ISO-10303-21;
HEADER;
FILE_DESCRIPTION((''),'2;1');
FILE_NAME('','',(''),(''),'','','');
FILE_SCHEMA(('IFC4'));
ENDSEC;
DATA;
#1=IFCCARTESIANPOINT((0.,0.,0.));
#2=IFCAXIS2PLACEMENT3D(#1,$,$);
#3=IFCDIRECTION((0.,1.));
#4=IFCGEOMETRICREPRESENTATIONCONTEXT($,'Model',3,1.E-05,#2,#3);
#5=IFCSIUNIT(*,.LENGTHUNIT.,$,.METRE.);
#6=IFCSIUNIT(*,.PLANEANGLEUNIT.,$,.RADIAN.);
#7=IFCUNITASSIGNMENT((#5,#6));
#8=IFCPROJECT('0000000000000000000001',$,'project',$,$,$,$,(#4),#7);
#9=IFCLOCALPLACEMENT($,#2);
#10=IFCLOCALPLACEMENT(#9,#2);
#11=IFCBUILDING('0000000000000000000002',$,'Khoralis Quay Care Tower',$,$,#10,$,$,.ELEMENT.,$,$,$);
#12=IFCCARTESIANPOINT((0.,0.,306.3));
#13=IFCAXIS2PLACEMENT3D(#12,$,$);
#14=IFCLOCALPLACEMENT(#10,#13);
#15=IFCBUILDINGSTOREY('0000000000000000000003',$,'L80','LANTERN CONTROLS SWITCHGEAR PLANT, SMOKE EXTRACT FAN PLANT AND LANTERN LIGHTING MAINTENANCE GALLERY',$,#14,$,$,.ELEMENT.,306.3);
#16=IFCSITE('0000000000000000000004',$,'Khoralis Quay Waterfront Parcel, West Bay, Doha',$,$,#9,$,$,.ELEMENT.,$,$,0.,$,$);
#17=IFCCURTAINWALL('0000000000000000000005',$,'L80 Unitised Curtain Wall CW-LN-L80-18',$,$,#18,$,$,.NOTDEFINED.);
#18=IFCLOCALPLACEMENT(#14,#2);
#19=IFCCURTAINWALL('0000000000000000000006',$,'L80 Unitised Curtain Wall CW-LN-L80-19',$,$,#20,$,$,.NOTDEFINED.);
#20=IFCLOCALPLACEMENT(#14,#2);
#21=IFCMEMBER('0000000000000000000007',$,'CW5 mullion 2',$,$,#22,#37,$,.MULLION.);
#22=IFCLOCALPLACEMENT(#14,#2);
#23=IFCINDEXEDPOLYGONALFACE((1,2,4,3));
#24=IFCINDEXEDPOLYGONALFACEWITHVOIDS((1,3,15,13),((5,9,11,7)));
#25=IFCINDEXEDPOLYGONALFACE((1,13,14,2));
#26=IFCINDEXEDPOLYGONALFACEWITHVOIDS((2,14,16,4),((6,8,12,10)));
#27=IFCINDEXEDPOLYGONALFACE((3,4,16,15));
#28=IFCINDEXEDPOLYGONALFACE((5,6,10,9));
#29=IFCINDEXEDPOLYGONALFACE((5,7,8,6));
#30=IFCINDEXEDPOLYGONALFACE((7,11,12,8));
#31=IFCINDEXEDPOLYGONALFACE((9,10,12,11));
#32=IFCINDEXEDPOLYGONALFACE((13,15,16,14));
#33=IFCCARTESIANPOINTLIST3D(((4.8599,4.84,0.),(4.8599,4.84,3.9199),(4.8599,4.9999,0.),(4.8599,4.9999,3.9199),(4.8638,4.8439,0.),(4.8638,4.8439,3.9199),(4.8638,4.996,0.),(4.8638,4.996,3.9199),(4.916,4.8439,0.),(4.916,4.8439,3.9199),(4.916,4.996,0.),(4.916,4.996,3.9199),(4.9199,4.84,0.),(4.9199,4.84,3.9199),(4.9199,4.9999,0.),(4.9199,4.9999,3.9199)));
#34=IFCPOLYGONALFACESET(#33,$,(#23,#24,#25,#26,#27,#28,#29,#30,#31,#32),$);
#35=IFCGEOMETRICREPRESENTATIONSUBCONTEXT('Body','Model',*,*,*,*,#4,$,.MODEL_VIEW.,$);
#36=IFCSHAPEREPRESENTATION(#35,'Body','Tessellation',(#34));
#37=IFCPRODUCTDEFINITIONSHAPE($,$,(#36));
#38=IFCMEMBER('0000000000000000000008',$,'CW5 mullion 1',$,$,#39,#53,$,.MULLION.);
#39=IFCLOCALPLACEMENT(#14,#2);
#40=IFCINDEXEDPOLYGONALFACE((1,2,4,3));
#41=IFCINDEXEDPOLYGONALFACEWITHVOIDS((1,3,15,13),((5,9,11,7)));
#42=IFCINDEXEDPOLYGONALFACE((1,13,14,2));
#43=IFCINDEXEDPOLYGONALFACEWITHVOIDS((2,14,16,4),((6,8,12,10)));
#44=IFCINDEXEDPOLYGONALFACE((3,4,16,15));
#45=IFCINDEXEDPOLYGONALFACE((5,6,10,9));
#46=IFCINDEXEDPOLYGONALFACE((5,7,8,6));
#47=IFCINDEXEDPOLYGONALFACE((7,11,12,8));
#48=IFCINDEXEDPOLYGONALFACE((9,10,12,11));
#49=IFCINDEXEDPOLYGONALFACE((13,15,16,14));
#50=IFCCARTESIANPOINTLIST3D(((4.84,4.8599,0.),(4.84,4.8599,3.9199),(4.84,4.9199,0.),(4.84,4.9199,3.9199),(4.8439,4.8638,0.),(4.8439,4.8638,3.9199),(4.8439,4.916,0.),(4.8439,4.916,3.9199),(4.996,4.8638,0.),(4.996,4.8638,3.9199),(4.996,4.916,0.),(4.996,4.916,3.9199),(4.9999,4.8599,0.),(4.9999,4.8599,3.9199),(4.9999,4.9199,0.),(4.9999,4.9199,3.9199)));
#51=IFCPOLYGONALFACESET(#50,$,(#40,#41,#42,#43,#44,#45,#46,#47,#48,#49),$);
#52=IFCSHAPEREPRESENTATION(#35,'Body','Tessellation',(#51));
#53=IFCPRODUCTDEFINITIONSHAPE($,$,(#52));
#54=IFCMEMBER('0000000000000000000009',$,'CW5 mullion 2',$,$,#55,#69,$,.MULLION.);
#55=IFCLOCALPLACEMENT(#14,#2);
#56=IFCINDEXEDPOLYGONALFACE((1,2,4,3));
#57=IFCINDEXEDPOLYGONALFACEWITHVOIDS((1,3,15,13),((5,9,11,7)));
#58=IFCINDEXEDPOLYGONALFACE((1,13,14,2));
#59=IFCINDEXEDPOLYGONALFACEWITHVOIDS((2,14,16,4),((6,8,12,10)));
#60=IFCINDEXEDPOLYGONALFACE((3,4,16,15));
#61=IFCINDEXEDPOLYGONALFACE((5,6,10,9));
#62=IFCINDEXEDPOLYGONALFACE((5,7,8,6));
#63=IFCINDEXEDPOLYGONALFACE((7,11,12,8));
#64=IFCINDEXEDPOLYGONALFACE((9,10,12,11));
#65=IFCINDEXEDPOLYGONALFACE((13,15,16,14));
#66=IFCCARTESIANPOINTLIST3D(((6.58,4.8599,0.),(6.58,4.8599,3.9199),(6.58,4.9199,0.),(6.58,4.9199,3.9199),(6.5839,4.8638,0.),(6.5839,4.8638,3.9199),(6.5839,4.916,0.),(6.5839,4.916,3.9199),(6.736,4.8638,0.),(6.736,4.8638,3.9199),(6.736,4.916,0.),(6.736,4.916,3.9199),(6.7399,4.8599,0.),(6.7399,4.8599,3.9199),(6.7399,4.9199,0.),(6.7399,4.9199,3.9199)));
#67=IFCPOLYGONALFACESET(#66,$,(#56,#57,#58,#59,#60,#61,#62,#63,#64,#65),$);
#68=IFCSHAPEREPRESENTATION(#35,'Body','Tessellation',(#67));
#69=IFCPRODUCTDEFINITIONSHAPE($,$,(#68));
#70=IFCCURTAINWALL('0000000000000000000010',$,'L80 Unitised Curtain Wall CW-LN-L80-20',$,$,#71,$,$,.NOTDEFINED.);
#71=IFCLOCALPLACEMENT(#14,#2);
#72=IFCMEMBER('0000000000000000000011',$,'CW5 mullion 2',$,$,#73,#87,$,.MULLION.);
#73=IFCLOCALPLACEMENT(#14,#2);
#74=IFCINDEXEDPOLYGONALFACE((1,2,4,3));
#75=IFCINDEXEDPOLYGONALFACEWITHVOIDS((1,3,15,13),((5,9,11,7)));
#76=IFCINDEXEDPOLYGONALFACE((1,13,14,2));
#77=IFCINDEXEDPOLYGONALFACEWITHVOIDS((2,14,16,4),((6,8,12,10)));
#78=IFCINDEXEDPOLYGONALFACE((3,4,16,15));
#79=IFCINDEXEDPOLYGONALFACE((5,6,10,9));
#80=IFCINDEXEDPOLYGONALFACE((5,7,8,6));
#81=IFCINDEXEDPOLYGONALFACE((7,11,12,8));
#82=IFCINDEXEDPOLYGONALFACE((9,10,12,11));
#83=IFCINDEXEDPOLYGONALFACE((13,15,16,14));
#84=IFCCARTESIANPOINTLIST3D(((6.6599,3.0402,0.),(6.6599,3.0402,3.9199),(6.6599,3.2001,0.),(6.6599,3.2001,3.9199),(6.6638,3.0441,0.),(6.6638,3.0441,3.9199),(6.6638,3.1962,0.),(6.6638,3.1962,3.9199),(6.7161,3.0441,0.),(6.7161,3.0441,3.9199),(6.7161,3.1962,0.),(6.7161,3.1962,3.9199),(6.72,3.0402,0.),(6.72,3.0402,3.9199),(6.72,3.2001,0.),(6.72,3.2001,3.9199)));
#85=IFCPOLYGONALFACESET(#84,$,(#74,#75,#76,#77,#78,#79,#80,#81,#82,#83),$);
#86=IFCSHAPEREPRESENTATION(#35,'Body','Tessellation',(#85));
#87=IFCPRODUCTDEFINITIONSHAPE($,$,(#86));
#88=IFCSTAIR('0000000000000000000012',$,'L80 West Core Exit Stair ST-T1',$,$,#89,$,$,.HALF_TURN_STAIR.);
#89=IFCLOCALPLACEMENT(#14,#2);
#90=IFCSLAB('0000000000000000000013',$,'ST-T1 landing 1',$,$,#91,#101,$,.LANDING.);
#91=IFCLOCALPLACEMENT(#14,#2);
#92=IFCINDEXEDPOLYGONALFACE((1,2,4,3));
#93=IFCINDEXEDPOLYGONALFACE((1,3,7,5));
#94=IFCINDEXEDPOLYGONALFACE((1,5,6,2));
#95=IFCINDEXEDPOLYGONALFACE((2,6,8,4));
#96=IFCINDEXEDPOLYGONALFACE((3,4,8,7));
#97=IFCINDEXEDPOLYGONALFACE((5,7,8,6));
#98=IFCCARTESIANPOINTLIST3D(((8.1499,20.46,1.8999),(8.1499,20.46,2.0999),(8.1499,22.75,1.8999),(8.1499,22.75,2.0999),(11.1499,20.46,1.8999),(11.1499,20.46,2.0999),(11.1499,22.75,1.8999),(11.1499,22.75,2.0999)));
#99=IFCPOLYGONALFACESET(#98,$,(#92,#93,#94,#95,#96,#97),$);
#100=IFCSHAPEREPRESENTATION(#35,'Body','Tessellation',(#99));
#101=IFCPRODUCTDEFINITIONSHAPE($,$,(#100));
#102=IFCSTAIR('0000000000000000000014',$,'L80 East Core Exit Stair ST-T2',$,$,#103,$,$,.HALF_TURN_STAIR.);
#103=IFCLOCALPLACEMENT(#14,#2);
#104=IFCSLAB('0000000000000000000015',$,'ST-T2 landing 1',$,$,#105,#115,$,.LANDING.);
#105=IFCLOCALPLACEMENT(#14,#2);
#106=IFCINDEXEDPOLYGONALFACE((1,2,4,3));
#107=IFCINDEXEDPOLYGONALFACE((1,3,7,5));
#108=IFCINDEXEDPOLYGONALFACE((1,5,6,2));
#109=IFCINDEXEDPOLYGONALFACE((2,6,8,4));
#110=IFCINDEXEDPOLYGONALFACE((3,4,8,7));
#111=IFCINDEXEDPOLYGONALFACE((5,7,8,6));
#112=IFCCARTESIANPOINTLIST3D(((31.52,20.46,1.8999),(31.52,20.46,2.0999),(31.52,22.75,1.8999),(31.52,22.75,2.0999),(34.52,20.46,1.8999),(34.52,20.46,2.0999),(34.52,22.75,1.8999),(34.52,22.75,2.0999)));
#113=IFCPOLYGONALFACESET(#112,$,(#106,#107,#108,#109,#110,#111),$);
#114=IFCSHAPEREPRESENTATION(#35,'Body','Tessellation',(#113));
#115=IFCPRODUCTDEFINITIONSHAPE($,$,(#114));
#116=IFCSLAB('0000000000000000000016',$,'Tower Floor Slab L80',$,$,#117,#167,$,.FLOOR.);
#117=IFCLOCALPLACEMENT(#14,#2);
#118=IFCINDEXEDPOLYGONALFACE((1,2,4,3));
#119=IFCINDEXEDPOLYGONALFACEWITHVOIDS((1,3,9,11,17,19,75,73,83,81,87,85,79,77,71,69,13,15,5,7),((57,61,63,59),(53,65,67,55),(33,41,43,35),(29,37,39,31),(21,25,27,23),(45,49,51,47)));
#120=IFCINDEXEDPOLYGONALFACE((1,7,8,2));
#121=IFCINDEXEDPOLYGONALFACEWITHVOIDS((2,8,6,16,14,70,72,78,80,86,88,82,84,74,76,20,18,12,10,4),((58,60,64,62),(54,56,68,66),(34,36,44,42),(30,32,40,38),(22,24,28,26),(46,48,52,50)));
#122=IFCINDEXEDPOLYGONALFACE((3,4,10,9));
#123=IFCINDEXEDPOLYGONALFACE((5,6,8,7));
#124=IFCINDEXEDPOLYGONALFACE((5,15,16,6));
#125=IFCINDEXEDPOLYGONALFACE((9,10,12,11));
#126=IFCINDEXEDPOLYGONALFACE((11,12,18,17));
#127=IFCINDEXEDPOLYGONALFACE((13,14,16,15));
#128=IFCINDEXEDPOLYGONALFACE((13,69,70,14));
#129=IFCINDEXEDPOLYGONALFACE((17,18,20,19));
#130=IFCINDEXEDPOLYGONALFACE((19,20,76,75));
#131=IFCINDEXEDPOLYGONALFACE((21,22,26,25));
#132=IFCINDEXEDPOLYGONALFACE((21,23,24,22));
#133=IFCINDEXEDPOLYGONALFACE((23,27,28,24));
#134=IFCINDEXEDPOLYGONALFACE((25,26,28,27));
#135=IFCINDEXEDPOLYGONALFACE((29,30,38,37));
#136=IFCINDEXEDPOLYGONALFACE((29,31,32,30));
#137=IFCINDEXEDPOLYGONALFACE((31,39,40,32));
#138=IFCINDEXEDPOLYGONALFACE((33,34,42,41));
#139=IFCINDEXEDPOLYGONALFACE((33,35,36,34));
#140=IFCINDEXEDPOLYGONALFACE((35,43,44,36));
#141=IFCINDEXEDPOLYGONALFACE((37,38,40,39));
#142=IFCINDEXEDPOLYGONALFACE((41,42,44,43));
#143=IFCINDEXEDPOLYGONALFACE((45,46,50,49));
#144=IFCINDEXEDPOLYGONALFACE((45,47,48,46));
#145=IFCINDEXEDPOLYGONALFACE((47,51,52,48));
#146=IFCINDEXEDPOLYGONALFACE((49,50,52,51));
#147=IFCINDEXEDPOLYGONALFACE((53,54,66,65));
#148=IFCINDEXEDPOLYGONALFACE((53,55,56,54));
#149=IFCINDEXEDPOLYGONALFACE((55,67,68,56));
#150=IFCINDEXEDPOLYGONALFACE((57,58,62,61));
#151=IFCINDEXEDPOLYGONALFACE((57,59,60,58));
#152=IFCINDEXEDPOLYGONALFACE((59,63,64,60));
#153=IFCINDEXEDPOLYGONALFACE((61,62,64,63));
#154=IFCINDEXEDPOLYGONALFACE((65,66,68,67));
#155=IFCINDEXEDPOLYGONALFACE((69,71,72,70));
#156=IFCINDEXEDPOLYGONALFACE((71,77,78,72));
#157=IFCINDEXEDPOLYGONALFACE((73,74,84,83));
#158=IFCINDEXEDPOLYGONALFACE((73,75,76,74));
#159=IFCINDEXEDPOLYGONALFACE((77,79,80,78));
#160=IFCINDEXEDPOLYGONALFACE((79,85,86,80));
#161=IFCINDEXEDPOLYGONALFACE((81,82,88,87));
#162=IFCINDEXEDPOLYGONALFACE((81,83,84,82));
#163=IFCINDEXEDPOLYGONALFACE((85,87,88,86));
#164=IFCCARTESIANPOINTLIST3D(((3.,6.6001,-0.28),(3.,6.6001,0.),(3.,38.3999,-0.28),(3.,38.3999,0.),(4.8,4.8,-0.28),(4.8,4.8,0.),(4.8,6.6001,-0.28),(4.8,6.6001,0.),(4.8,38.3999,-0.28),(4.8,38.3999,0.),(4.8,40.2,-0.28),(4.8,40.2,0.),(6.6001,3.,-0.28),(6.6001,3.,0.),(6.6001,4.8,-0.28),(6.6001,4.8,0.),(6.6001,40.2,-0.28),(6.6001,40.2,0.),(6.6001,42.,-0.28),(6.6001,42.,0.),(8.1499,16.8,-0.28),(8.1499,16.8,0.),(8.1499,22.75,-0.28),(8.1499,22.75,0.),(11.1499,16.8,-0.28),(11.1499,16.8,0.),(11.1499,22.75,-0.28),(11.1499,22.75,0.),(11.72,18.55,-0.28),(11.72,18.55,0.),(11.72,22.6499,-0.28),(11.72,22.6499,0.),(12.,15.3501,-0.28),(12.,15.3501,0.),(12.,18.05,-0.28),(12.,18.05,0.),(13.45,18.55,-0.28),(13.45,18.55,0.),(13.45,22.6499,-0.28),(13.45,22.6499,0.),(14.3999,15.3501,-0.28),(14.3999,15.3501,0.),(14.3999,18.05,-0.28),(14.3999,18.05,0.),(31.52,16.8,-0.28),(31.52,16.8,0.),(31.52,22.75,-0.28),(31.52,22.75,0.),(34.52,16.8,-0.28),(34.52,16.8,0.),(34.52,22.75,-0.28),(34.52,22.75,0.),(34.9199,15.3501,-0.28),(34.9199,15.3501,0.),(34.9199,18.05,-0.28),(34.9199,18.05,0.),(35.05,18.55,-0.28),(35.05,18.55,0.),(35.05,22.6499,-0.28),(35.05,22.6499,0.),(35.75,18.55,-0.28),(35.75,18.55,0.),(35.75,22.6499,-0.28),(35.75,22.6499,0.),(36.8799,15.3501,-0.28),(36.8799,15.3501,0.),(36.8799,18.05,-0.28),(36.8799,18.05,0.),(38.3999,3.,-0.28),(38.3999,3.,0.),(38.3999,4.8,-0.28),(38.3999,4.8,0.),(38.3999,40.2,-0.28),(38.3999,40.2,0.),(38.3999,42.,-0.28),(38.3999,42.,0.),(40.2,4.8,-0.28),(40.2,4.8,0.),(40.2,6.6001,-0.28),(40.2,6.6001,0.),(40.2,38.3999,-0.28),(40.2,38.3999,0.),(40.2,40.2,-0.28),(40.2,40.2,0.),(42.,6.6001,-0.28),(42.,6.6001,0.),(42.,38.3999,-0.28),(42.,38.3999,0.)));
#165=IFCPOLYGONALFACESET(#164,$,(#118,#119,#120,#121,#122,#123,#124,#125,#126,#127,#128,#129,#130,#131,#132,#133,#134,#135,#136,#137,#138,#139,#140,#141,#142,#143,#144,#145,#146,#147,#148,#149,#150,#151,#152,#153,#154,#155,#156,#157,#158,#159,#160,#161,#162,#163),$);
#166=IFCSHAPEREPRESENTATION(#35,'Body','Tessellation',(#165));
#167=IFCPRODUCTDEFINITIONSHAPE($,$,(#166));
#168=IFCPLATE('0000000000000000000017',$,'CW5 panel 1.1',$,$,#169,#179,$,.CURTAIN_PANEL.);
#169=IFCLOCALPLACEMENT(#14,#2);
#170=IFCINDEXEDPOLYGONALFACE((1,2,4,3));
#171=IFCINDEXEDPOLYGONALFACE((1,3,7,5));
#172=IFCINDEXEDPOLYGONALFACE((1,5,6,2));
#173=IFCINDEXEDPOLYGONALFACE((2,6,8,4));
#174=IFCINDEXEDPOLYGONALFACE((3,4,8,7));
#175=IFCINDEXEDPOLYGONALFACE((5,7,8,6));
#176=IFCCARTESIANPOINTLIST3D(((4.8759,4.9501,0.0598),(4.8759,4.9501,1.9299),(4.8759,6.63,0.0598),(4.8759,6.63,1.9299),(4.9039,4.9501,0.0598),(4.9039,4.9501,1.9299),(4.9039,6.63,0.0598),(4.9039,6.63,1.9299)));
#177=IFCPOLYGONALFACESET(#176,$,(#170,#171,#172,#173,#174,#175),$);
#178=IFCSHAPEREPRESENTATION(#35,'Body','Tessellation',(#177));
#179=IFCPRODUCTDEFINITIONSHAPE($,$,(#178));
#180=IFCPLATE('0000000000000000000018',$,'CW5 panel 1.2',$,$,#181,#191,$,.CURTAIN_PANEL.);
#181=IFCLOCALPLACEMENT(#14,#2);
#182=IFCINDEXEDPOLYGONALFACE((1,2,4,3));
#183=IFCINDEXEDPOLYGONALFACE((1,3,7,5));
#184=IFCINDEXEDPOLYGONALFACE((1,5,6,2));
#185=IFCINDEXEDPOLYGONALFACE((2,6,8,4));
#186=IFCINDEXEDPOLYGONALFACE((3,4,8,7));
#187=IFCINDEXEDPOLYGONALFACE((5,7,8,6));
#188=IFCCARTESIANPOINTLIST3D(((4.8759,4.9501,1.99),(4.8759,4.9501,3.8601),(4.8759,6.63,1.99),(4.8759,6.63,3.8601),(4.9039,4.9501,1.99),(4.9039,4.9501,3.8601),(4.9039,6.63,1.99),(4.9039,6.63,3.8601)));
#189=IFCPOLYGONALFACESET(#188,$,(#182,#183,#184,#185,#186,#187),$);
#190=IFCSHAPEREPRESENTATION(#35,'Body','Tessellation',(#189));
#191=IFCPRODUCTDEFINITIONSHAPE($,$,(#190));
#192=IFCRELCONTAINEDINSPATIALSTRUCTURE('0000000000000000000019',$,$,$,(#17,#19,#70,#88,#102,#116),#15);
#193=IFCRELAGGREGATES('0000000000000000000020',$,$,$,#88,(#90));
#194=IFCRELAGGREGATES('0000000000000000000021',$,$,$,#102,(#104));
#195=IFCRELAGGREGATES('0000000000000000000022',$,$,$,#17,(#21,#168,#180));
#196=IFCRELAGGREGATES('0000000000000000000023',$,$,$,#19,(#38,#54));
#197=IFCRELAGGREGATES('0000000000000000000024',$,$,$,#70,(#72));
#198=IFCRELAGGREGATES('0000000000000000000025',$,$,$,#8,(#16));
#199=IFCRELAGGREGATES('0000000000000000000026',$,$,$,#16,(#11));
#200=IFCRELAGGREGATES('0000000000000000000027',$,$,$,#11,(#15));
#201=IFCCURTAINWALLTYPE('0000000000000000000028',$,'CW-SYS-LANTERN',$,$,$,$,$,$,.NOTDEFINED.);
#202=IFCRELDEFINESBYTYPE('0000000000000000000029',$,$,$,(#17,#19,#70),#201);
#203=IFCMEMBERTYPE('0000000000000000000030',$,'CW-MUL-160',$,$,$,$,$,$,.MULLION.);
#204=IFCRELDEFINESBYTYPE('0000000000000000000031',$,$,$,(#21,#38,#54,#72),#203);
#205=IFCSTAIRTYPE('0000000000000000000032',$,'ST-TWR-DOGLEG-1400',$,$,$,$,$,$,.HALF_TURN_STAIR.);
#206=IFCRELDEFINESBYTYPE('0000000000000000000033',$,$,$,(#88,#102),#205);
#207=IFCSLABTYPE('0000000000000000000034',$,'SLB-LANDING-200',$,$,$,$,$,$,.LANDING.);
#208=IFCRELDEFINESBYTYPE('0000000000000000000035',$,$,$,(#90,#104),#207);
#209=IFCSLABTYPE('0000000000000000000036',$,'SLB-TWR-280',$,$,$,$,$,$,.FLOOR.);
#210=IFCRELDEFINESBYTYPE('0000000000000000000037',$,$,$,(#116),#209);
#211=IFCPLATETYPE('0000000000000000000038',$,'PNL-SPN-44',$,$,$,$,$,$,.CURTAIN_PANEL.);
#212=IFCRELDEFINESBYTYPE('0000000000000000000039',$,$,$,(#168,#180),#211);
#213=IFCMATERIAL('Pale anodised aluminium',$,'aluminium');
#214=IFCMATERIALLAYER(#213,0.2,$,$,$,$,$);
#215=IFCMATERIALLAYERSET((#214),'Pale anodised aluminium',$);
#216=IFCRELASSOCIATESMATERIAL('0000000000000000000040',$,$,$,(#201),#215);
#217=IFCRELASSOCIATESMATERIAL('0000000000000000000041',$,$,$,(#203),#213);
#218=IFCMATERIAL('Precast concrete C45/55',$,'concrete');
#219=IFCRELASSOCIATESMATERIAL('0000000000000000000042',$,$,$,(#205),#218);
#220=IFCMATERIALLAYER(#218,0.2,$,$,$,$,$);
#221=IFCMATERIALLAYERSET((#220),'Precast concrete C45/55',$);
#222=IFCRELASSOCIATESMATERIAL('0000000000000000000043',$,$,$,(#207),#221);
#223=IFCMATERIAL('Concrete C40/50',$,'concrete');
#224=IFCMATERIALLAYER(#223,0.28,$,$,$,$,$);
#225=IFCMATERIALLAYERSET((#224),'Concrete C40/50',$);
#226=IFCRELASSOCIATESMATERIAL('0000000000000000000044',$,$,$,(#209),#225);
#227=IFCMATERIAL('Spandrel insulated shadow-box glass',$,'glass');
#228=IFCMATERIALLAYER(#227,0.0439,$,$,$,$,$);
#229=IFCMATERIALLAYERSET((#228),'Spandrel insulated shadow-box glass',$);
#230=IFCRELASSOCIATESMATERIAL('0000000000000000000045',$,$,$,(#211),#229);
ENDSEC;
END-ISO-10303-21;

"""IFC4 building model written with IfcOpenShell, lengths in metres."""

from ifc_helpers import new_model, si_unit, direction, frame, origin, origin_2d, place, context, subcontext, project, spatial, polyline, rectangle, hollow_rectangle, outline, extrude, source, transform, mapped, material, layer, layer_set, material_profile, profile_set, type_object, element, aggregate, save


model = new_model("IFC4")

# Units and contexts
model_context = context("Model", 3, precision=1e-05, world=origin(), true_north=direction((0.0, 1.0)))
body_context = subcontext(model_context, "Body", "Model", "MODEL_VIEW")
ifc_project = project(units=[si_unit("LENGTHUNIT", "METRE"), si_unit("PLANEANGLEUNIT", "RADIAN")], contexts=[model_context])

# Site, building, storey
site_placement = place(None, origin())
site = spatial("IfcSite", under=ifc_project, at=site_placement, Name="Khoralis Quay Waterfront Parcel, West Bay, Doha", CompositionType="ELEMENT", RefElevation=0.0)
building_placement = place(site_placement, origin())
building = spatial("IfcBuilding", under=site, at=building_placement, Name="Khoralis Quay Care Tower", CompositionType="ELEMENT")
storey_placement = place(building_placement, frame((0.0, 0.0, 306.3)))
storey = spatial("IfcBuildingStorey", under=building, at=storey_placement, Name="L80", Description="LANTERN CONTROLS SWITCHGEAR PLANT, SMOKE EXTRACT FAN PLANT AND LANTERN LIGHTING MAINTENANCE GALLERY", CompositionType="ELEMENT", Elevation=306.3)

# Curtain walls
ifc_material_1 = material(Name="Pale anodised aluminium", Category="aluminium")
ifc_layer_1 = layer(ifc_material_1, 0.2)
ifc_layer_set_1 = layer_set([ifc_layer_1], Name="Pale anodised aluminium")
curtain_wall_type = type_object("IfcCurtainWallType", Name="CW-SYS-LANTERN", PredefinedType="NOTDEFINED", material=ifc_layer_set_1)
curtain_wall_1_placement = place(storey_placement, origin())
curtain_wall_1 = element("IfcCurtainWall", 1, at=curtain_wall_1_placement, inside=storey, type_object=curtain_wall_type, Name="L80 Unitised Curtain Wall CW-LN-L80-18", PredefinedType="NOTDEFINED")
curtain_wall_2_placement = place(storey_placement, origin())
curtain_wall_2 = element("IfcCurtainWall", 2, at=curtain_wall_2_placement, inside=storey, type_object=curtain_wall_type, Name="L80 Unitised Curtain Wall CW-LN-L80-19", PredefinedType="NOTDEFINED")

# Members
ifc_material_profile_1 = material_profile(ifc_material_1, hollow_rectangle(XDim=0.0601, YDim=0.1599, WallThickness=0.0039, at=origin_2d()), Name="Pale anodised aluminium")
ifc_profile_set_1 = profile_set([ifc_material_profile_1], Name="Pale anodised aluminium")
member_type_1 = type_object("IfcMemberType", Name="CW-MUL-160", PredefinedType="MULLION", material=ifc_profile_set_1)
shared_shape_1 = source(origin(), body_context, "Body", "SweptSolid", [
    extrude(hollow_rectangle(XDim=0.0601, YDim=0.1599, WallThickness=0.0039, at=origin_2d()), origin(), (0.0, 0.0, 1.0), 3.9199),
])
member_1_placement = place(storey_placement, frame((4.8899, 4.9199, 0.0), z_axis=(0.0, 0.0, 1.0), x_axis=(1.0, 0.0, 0.0)))
member_1 = element("IfcMember", 3, at=member_1_placement, type_object=member_type_1, Name="CW5 mullion 2", PredefinedType="MULLION", context=body_context, shape_type="MappedRepresentation", body=[
    mapped(shared_shape_1, transform((0.0, 0.0, 0.0), scale=1.0)),
])
member_2_placement = place(storey_placement, frame((4.9199, 4.8899, 0.0), z_axis=(0.0, 0.0, 1.0), x_axis=(0.0, 1.0, 0.0)))
member_2 = element("IfcMember", 4, at=member_2_placement, type_object=member_type_1, Name="CW5 mullion 1", PredefinedType="MULLION", context=body_context, shape_type="MappedRepresentation", body=[
    mapped(shared_shape_1, transform((0.0, 0.0, 0.0), scale=1.0)),
])
member_3_placement = place(storey_placement, frame((6.6599, 4.8899, 0.0), z_axis=(0.0, 0.0, 1.0), x_axis=(0.0, 1.0, 0.0)))
member_3 = element("IfcMember", 5, at=member_3_placement, type_object=member_type_1, Name="CW5 mullion 2", PredefinedType="MULLION", context=body_context, shape_type="MappedRepresentation", body=[
    mapped(shared_shape_1, transform((0.0, 0.0, 0.0), scale=1.0)),
])

# Curtain wall, member
curtain_wall_3_placement = place(storey_placement, origin())
curtain_wall_3 = element("IfcCurtainWall", 6, at=curtain_wall_3_placement, inside=storey, type_object=curtain_wall_type, Name="L80 Unitised Curtain Wall CW-LN-L80-20", PredefinedType="NOTDEFINED")
member_4_placement = place(storey_placement, frame((6.6899, 3.1201, 0.0), z_axis=(0.0, 0.0, 1.0), x_axis=(1.0, 0.0, 0.0)))
member_4 = element("IfcMember", 7, at=member_4_placement, type_object=member_type_1, Name="CW5 mullion 2", PredefinedType="MULLION", context=body_context, shape_type="MappedRepresentation", body=[
    mapped(shared_shape_1, transform((0.0, 0.0, 0.0), scale=1.0)),
])

# Stairs, slabs
ifc_material_2 = material(Name="Precast concrete C45/55", Category="concrete")
stair_type = type_object("IfcStairType", Name="ST-TWR-DOGLEG-1400", PredefinedType="HALF_TURN_STAIR", material=ifc_material_2)
stair_1_placement = place(storey_placement, origin())
stair_1 = element("IfcStair", 8, at=stair_1_placement, inside=storey, type_object=stair_type, Name="L80 West Core Exit Stair ST-T1", PredefinedType="HALF_TURN_STAIR")
ifc_layer_2 = layer(ifc_material_2, 0.2)
ifc_layer_set_2 = layer_set([ifc_layer_2], Name="Precast concrete C45/55")
slab_type_1 = type_object("IfcSlabType", Name="SLB-LANDING-200", PredefinedType="LANDING", material=ifc_layer_set_2)
slab_1_placement = place(storey_placement, frame((0.0, 0.0, 1.8999)))
slab_1 = element("IfcSlab", 9, at=slab_1_placement, type_object=slab_type_1, Name="ST-T1 landing 1", PredefinedType="LANDING", context=body_context, shape_type="SweptSolid", body=[
    extrude(outline(polyline([(11.1499, 20.46), (11.1499, 22.75), (8.1499, 22.75), (8.1499, 20.46), (11.1499, 20.46)])), origin(), (0.0, 0.0, 1.0), 0.2),
])
aggregate(stair_1, [slab_1])
stair_2_placement = place(storey_placement, origin())
stair_2 = element("IfcStair", 10, at=stair_2_placement, inside=storey, type_object=stair_type, Name="L80 East Core Exit Stair ST-T2", PredefinedType="HALF_TURN_STAIR")
slab_2_placement = place(storey_placement, frame((0.0, 0.0, 1.8999)))
slab_2 = element("IfcSlab", 11, at=slab_2_placement, type_object=slab_type_1, Name="ST-T2 landing 1", PredefinedType="LANDING", context=body_context, shape_type="SweptSolid", body=[
    extrude(outline(polyline([(34.52, 20.46), (34.52, 22.75), (31.52, 22.75), (31.52, 20.46), (34.52, 20.46)])), origin(), (0.0, 0.0, 1.0), 0.2),
])
aggregate(stair_2, [slab_2])

# Slab
ifc_material_3 = material(Name="Concrete C40/50", Category="concrete")
ifc_layer_3 = layer(ifc_material_3, 0.28)
ifc_layer_set_3 = layer_set([ifc_layer_3], Name="Concrete C40/50")
slab_type_2 = type_object("IfcSlabType", Name="SLB-TWR-280", PredefinedType="FLOOR", material=ifc_layer_set_3)
slab_3_placement = place(storey_placement, frame((0.0, 0.0, -0.28)))
element("IfcSlab", 12, at=slab_3_placement, inside=storey, type_object=slab_type_2, Name="Tower Floor Slab L80", PredefinedType="FLOOR", context=body_context, shape_type="SweptSolid", body=[
    extrude(outline(polyline([(6.6001, 3.0), (38.3999, 3.0), (38.3999, 4.8), (40.2, 4.8), (40.2, 6.6001), (42.0, 6.6001), (42.0, 38.3999), (40.2, 38.3999), (40.2, 40.2), (38.3999, 40.2), (38.3999, 42.0), (6.6001, 42.0), (6.6001, 40.2), (4.8, 40.2), (4.8, 38.3999), (3.0, 38.3999), (3.0, 6.6001), (4.8, 6.6001), (4.8, 4.8), (6.6001, 4.8), (6.6001, 3.0)]), holes=[polyline([(11.1499, 16.8), (11.1499, 22.75), (8.1499, 22.75), (8.1499, 16.8), (11.1499, 16.8)]), polyline([(34.52, 16.8), (34.52, 22.75), (31.52, 22.75), (31.52, 16.8), (34.52, 16.8)]), polyline([(12.0, 15.3501), (14.3999, 15.3501), (14.3999, 18.05), (12.0, 18.05), (12.0, 15.3501)]), polyline([(34.9199, 15.3501), (36.8799, 15.3501), (36.8799, 18.05), (34.9199, 18.05), (34.9199, 15.3501)]), polyline([(11.72, 18.55), (13.45, 18.55), (13.45, 22.6499), (11.72, 22.6499), (11.72, 18.55)]), polyline([(35.05, 18.55), (35.75, 18.55), (35.75, 22.6499), (35.05, 22.6499), (35.05, 18.55)])]), origin(), (0.0, 0.0, 1.0), 0.28),
])

# Plates
ifc_material_4 = material(Name="Spandrel insulated shadow-box glass", Category="glass")
ifc_layer_4 = layer(ifc_material_4, 0.0439)
ifc_layer_set_4 = layer_set([ifc_layer_4], Name="Spandrel insulated shadow-box glass")
plate_type = type_object("IfcPlateType", Name="PNL-SPN-44", PredefinedType="CURTAIN_PANEL", material=ifc_layer_set_4)
shared_shape_2 = source(origin(), body_context, "Body", "SweptSolid", [
    extrude(rectangle(XDim=1.6799, YDim=0.0281, at=origin_2d()), origin(), (0.0, 0.0, 1.0), 1.8701),
])
plate_1_placement = place(storey_placement, frame((4.8899, 5.79, 0.0598), z_axis=(0.0, 0.0, 1.0), x_axis=(0.0, -1.0, 0.0)))
plate_1 = element("IfcPlate", 13, at=plate_1_placement, type_object=plate_type, Name="CW5 panel 1.1", PredefinedType="CURTAIN_PANEL", context=body_context, shape_type="MappedRepresentation", body=[
    mapped(shared_shape_2, transform((0.0, 0.0, 0.0), scale=1.0)),
])
plate_2_placement = place(storey_placement, frame((4.8899, 5.79, 1.99), z_axis=(0.0, 0.0, 1.0), x_axis=(0.0, -1.0, 0.0)))
plate_2 = element("IfcPlate", 14, at=plate_2_placement, type_object=plate_type, Name="CW5 panel 1.2", PredefinedType="CURTAIN_PANEL", context=body_context, shape_type="MappedRepresentation", body=[
    mapped(shared_shape_2, transform((0.0, 0.0, 0.0), scale=1.0)),
])
aggregate(curtain_wall_1, [member_1, plate_1, plate_2])
aggregate(curtain_wall_2, [member_2, member_3])
aggregate(curtain_wall_3, [member_4])

save(model, "model.ifc")
